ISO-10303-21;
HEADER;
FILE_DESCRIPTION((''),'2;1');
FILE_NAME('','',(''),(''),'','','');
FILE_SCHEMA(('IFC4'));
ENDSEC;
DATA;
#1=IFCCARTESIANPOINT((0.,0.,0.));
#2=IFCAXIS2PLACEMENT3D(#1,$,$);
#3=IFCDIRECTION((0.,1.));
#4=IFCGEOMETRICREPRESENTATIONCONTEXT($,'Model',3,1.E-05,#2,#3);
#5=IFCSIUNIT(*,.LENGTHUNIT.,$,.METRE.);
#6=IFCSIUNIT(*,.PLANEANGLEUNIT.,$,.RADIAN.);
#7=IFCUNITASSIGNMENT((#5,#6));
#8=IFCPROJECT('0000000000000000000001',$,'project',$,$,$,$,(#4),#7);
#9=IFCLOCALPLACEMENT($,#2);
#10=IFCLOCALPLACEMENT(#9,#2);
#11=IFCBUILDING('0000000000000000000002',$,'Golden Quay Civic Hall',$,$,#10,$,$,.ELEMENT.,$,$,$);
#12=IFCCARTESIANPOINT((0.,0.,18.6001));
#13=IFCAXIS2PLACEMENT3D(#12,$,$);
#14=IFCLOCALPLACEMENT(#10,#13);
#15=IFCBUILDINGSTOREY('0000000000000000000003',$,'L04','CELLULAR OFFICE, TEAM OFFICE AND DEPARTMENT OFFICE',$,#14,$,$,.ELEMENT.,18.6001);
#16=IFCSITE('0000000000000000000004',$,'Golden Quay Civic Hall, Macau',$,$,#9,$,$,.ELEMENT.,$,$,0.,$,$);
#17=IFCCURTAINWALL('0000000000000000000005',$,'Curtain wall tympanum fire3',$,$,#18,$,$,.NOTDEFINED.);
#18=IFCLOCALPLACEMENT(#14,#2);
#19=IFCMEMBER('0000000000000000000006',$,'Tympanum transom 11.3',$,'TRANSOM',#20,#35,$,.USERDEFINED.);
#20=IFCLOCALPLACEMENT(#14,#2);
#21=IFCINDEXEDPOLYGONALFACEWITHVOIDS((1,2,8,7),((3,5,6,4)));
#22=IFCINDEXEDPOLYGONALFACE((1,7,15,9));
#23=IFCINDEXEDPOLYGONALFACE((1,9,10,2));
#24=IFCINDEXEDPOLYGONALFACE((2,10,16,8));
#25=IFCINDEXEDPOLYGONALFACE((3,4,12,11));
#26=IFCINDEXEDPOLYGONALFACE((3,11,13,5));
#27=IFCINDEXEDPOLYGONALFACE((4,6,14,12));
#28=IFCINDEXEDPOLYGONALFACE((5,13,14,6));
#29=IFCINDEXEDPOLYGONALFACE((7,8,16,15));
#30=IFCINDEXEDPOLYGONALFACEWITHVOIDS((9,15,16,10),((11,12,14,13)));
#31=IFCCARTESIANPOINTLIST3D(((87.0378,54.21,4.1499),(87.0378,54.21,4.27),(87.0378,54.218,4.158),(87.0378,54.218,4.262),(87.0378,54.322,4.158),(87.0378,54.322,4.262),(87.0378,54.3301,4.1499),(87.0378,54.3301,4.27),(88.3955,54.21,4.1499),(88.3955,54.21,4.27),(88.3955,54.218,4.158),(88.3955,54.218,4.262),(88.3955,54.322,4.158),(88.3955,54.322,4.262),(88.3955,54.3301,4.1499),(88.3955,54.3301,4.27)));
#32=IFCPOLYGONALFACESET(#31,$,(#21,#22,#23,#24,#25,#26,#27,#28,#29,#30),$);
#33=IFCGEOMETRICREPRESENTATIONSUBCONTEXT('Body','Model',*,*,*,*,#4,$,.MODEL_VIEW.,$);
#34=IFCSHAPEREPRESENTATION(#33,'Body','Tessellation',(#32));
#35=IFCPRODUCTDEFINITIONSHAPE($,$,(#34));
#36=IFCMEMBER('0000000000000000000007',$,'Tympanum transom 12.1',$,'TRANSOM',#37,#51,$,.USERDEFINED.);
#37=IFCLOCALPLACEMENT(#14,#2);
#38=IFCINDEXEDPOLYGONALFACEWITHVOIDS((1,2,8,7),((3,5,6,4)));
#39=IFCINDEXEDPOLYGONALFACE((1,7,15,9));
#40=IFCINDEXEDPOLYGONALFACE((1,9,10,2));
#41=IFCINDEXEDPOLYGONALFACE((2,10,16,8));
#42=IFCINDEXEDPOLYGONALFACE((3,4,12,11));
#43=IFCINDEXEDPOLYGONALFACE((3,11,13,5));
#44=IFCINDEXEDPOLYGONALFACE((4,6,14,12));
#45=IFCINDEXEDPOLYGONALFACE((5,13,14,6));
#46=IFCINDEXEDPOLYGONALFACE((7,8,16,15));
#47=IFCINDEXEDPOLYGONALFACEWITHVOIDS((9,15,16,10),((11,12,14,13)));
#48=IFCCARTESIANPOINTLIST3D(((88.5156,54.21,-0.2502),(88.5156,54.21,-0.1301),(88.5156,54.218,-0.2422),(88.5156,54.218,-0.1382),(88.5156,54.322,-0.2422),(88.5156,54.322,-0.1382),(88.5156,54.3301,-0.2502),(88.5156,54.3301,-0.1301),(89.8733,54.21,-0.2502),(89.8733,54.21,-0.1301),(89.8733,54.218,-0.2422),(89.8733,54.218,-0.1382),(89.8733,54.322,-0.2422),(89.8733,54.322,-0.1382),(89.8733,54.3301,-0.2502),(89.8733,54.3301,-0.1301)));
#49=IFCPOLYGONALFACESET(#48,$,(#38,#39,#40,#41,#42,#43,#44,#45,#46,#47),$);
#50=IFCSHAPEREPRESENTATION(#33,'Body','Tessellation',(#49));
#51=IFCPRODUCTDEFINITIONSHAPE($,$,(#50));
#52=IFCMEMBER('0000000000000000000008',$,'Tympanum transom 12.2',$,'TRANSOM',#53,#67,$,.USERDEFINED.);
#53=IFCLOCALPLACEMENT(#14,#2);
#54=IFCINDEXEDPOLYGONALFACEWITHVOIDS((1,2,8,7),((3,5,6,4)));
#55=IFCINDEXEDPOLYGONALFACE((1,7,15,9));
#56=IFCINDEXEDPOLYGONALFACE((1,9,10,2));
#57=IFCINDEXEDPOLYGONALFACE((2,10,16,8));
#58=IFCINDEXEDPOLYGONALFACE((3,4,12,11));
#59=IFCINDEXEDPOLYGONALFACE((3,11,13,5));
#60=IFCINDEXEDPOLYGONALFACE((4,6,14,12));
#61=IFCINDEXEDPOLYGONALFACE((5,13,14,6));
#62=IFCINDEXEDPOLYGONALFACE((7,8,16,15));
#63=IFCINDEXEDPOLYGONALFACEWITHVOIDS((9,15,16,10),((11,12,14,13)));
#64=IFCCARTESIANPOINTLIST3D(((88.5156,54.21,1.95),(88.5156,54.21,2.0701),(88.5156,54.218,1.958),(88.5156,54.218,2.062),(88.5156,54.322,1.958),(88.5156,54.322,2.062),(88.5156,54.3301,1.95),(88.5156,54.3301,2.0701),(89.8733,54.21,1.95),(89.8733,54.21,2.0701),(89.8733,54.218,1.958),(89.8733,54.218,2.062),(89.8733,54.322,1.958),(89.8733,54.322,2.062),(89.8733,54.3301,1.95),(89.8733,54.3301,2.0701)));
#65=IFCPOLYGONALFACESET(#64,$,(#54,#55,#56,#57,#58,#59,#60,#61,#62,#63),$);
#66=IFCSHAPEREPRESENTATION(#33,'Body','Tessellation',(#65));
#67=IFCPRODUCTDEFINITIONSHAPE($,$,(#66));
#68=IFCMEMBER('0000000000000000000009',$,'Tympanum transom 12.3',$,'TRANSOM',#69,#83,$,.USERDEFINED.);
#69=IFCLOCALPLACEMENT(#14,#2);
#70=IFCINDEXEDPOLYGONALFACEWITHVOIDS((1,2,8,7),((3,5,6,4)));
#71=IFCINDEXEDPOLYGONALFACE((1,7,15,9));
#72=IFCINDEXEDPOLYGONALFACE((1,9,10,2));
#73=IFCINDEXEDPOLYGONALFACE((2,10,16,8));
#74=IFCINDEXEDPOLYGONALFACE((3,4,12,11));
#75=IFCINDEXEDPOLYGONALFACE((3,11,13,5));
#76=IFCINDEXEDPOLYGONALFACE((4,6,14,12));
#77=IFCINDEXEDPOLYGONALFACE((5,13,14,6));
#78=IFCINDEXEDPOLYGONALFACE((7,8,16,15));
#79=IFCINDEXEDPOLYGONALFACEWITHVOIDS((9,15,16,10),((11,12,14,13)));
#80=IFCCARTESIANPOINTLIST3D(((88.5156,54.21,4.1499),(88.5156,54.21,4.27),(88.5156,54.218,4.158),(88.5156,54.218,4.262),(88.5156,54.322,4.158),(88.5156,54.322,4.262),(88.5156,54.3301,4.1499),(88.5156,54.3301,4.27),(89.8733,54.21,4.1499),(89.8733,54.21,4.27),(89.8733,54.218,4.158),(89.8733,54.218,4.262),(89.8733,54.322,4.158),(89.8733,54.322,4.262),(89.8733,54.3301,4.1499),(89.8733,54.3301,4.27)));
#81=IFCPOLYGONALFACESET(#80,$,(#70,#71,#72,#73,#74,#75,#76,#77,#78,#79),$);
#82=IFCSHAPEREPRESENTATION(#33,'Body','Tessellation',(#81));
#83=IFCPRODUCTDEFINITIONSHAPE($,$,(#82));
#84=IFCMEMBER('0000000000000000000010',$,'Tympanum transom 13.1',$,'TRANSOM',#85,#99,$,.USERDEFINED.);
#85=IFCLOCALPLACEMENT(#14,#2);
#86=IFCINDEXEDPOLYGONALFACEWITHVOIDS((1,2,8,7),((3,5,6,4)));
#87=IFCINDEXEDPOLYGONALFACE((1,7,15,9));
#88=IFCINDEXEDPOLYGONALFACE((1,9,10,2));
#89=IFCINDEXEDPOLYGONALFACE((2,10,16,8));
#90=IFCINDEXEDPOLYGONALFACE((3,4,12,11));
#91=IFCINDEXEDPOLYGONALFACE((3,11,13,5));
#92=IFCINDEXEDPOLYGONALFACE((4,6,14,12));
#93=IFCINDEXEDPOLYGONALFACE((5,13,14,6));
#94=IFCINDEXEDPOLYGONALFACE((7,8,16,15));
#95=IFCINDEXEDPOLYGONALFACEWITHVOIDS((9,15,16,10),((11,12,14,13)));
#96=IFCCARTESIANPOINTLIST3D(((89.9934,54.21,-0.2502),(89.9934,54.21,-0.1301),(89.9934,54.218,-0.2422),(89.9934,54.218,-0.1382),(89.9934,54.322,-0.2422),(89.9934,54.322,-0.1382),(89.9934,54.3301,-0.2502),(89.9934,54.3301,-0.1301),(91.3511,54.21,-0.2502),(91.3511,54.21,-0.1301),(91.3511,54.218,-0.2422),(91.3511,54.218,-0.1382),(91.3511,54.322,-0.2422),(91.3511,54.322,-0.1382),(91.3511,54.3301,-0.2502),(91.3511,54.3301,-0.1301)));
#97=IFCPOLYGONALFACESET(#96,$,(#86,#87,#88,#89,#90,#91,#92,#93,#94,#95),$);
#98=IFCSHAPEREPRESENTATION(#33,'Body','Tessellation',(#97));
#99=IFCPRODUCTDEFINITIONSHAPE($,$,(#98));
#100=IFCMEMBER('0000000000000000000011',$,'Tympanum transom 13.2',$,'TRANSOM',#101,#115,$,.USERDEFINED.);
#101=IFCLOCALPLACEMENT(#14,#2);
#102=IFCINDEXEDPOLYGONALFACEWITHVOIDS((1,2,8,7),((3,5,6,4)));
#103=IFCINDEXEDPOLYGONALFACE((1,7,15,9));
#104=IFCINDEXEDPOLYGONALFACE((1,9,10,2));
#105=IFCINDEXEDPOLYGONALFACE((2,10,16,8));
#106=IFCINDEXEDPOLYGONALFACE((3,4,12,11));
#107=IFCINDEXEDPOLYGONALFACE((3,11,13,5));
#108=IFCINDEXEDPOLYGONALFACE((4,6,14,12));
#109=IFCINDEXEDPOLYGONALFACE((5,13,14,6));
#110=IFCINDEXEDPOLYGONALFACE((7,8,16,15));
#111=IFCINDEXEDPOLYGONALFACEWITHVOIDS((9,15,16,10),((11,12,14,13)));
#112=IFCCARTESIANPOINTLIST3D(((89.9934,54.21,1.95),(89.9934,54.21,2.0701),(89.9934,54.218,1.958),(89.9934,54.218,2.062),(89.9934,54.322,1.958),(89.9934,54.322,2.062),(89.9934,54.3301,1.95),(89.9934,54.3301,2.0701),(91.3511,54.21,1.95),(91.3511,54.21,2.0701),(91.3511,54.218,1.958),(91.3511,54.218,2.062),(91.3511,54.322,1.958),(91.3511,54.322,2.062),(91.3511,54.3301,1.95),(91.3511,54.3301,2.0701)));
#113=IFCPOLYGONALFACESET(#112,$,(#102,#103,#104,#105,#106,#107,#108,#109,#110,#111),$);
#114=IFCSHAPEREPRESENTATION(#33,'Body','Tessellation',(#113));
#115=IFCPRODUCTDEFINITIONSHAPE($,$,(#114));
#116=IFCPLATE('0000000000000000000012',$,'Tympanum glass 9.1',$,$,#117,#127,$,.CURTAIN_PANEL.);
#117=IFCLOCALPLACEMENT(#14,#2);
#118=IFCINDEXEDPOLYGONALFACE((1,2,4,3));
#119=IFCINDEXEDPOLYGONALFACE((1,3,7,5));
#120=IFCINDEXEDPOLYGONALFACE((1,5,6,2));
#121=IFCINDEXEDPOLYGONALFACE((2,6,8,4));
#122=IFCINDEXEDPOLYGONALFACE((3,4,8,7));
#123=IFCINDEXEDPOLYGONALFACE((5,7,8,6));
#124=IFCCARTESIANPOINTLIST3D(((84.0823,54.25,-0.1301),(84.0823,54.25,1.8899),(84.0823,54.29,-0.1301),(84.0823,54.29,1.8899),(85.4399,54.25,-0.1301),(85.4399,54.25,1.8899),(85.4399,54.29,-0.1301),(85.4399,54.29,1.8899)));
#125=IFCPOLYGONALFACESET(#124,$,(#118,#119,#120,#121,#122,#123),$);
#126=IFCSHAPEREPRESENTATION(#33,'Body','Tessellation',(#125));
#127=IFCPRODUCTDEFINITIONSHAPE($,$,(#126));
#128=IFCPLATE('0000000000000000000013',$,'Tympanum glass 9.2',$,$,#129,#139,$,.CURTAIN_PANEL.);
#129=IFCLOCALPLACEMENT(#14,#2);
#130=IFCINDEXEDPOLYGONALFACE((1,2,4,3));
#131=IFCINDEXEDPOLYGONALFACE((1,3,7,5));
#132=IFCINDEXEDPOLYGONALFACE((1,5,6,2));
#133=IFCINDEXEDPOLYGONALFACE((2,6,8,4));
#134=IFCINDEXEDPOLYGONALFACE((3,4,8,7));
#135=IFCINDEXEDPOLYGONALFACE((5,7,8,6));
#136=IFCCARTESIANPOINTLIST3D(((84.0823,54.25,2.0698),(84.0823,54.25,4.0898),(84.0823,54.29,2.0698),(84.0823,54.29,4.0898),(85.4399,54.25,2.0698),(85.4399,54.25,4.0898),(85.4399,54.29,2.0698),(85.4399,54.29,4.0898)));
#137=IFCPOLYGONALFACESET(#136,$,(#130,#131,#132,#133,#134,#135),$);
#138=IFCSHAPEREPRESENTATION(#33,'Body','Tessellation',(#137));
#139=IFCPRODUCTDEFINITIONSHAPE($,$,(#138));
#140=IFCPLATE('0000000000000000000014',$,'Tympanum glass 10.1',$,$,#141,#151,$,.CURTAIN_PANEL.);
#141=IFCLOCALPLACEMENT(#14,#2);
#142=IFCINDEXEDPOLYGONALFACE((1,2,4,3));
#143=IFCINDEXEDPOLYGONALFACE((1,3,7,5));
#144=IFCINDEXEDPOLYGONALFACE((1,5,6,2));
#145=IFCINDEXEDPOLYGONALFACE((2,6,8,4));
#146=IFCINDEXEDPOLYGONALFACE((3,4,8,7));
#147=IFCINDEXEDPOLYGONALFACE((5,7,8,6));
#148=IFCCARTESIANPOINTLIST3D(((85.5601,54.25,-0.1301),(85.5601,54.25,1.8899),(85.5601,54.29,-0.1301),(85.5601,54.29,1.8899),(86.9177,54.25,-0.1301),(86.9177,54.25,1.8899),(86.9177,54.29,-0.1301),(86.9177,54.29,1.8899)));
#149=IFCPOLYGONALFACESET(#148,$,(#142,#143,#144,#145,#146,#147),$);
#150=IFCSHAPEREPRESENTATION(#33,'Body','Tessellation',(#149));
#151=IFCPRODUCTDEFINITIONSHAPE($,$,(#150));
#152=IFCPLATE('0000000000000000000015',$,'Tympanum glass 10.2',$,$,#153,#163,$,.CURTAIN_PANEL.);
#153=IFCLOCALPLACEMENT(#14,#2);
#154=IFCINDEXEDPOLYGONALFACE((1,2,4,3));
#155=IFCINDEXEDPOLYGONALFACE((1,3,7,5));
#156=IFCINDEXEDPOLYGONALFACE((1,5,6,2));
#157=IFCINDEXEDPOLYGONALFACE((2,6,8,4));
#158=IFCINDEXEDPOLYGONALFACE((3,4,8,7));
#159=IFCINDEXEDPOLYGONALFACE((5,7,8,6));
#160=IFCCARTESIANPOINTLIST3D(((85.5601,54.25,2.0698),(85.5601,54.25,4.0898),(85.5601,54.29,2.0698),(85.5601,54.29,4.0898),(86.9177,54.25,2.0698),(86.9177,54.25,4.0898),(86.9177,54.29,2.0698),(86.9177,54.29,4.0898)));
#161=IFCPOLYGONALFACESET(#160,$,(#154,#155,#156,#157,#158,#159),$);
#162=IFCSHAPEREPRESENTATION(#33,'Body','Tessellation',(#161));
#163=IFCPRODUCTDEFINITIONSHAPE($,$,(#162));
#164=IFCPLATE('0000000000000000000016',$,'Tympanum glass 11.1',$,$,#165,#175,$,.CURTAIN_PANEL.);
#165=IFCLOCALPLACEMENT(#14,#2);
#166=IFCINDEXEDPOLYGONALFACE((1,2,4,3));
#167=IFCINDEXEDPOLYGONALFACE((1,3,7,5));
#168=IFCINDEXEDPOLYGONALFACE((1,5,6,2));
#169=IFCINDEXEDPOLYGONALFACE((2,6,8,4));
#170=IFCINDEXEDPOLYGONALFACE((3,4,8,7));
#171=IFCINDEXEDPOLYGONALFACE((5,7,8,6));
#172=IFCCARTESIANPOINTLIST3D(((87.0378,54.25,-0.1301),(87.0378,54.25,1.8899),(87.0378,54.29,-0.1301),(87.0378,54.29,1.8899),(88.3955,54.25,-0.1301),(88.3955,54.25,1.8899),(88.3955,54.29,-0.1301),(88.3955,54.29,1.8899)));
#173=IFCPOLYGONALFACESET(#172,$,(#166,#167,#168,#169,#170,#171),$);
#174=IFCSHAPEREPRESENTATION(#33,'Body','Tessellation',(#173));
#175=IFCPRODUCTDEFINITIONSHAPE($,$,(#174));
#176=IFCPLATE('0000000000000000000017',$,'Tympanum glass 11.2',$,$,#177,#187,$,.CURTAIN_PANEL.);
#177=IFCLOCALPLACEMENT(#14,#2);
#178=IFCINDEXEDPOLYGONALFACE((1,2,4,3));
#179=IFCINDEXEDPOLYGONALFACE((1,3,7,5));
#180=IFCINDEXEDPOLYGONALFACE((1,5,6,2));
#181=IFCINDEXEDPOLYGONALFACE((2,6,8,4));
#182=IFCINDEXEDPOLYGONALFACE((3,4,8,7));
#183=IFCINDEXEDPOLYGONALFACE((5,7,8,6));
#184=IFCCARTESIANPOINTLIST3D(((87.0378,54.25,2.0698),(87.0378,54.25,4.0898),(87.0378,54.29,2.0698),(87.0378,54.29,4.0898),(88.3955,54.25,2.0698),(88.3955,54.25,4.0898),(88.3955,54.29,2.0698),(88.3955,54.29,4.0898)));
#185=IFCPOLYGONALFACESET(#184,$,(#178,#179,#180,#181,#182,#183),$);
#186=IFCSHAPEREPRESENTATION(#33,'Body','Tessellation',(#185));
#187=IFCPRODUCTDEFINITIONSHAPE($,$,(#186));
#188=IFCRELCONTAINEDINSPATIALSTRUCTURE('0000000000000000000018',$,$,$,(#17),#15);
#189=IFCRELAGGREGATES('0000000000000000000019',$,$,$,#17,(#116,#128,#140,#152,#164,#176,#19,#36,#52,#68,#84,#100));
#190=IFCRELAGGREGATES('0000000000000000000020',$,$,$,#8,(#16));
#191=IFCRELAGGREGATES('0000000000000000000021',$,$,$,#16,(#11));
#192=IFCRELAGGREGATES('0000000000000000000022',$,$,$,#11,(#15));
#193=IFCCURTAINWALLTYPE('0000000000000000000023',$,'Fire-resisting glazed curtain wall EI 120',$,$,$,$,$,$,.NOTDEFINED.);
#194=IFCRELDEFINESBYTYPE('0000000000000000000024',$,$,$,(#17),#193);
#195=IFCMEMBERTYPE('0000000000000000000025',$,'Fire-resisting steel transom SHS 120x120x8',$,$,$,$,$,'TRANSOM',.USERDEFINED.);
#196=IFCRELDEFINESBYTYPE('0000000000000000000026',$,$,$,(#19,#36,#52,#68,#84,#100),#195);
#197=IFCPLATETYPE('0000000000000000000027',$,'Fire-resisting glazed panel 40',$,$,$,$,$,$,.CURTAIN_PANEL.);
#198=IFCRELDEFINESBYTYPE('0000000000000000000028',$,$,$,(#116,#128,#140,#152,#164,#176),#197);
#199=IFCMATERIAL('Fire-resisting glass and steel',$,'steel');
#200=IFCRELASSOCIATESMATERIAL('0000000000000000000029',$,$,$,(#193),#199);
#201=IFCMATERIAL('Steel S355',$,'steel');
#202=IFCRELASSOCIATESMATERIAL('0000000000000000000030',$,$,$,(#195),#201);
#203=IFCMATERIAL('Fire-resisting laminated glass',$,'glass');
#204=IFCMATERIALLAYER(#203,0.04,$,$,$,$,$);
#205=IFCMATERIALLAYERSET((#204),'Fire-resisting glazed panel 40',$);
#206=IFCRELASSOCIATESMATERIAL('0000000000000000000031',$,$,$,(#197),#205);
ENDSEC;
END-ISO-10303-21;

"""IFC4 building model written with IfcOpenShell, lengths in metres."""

from ifc_helpers import new_model, si_unit, direction, frame, origin, origin_2d, place, context, subcontext, project, spatial, polyline, hollow_rectangle, outline, extrude, material, layer, layer_set, material_profile, profile_set, type_object, element, aggregate, save


model = new_model("IFC4")

# Units and contexts
model_context = context("Model", 3, precision=1e-05, world=origin(), true_north=direction((0.0, 1.0)))
body_context = subcontext(model_context, "Body", "Model", "MODEL_VIEW")
ifc_project = project(units=[si_unit("LENGTHUNIT", "METRE"), si_unit("PLANEANGLEUNIT", "RADIAN")], contexts=[model_context])

# Site, building, storey
site_placement = place(None, origin())
site = spatial("IfcSite", under=ifc_project, at=site_placement, Name="Golden Quay Civic Hall, Macau", CompositionType="ELEMENT", RefElevation=0.0)
building_placement = place(site_placement, origin())
building = spatial("IfcBuilding", under=site, at=building_placement, Name="Golden Quay Civic Hall", CompositionType="ELEMENT")
storey_placement = place(building_placement, frame((0.0, 0.0, 18.6001)))
storey = spatial("IfcBuildingStorey", under=building, at=storey_placement, Name="L04", Description="CELLULAR OFFICE, TEAM OFFICE AND DEPARTMENT OFFICE", CompositionType="ELEMENT", Elevation=18.6001)

# Curtain wall, members, plates
ifc_material_1 = material(Name="Fire-resisting glass and steel", Category="steel")
curtain_wall_type = type_object("IfcCurtainWallType", Name="Fire-resisting glazed curtain wall EI 120", PredefinedType="NOTDEFINED", material=ifc_material_1)
curtain_wall_placement = place(storey_placement, origin())
curtain_wall = element("IfcCurtainWall", 1, at=curtain_wall_placement, inside=storey, type_object=curtain_wall_type, Name="Curtain wall tympanum fire3", PredefinedType="NOTDEFINED")
ifc_material_2 = material(Name="Steel S355", Category="steel")
ifc_material_profile_1 = material_profile(ifc_material_2, hollow_rectangle(XDim=0.1201, YDim=0.1201, WallThickness=0.0081, at=origin_2d()), Name="SHS 120x120x8")
ifc_profile_set_1 = profile_set([ifc_material_profile_1], Name="Steel S355")
member_type_1 = type_object("IfcMemberType", Name="Fire-resisting steel transom SHS 120x120x8", ElementType="TRANSOM", PredefinedType="USERDEFINED", material=ifc_profile_set_1)
member_1_placement = place(storey_placement, frame((87.0378, 54.27, 4.21), z_axis=(1.0, 0.0, 0.0), x_axis=(0.0, 1.0, 0.0)))
member_1 = element("IfcMember", 2, at=member_1_placement, type_object=member_type_1, Name="Tympanum transom 11.3", ObjectType="TRANSOM", PredefinedType="USERDEFINED", context=body_context, shape_type="SweptSolid", body=[
    extrude(hollow_rectangle(XDim=0.1201, YDim=0.1201, WallThickness=0.0081, at=origin_2d()), origin(), (0.0, 0.0, 1.0), 1.3577),
])
member_2_placement = place(storey_placement, frame((88.5156, 54.27, -0.1902), z_axis=(1.0, 0.0, 0.0), x_axis=(0.0, 1.0, 0.0)))
member_2 = element("IfcMember", 3, at=member_2_placement, type_object=member_type_1, Name="Tympanum transom 12.1", ObjectType="TRANSOM", PredefinedType="USERDEFINED", context=body_context, shape_type="SweptSolid", body=[
    extrude(hollow_rectangle(XDim=0.1201, YDim=0.1201, WallThickness=0.0081, at=origin_2d()), origin(), (0.0, 0.0, 1.0), 1.3577),
])
member_3_placement = place(storey_placement, frame((88.5156, 54.27, 2.01), z_axis=(1.0, 0.0, 0.0), x_axis=(0.0, 1.0, 0.0)))
member_3 = element("IfcMember", 4, at=member_3_placement, type_object=member_type_1, Name="Tympanum transom 12.2", ObjectType="TRANSOM", PredefinedType="USERDEFINED", context=body_context, shape_type="SweptSolid", body=[
    extrude(hollow_rectangle(XDim=0.1201, YDim=0.1201, WallThickness=0.0081, at=origin_2d()), origin(), (0.0, 0.0, 1.0), 1.3577),
])
member_4_placement = place(storey_placement, frame((88.5156, 54.27, 4.21), z_axis=(1.0, 0.0, 0.0), x_axis=(0.0, 1.0, 0.0)))
member_4 = element("IfcMember", 5, at=member_4_placement, type_object=member_type_1, Name="Tympanum transom 12.3", ObjectType="TRANSOM", PredefinedType="USERDEFINED", context=body_context, shape_type="SweptSolid", body=[
    extrude(hollow_rectangle(XDim=0.1201, YDim=0.1201, WallThickness=0.0081, at=origin_2d()), origin(), (0.0, 0.0, 1.0), 1.3577),
])
member_5_placement = place(storey_placement, frame((89.9934, 54.27, -0.1902), z_axis=(1.0, 0.0, 0.0), x_axis=(0.0, 1.0, 0.0)))
member_5 = element("IfcMember", 6, at=member_5_placement, type_object=member_type_1, Name="Tympanum transom 13.1", ObjectType="TRANSOM", PredefinedType="USERDEFINED", context=body_context, shape_type="SweptSolid", body=[
    extrude(hollow_rectangle(XDim=0.1201, YDim=0.1201, WallThickness=0.0081, at=origin_2d()), origin(), (0.0, 0.0, 1.0), 1.3577),
])
member_6_placement = place(storey_placement, frame((89.9934, 54.27, 2.01), z_axis=(1.0, 0.0, 0.0), x_axis=(0.0, 1.0, 0.0)))
member_6 = element("IfcMember", 7, at=member_6_placement, type_object=member_type_1, Name="Tympanum transom 13.2", ObjectType="TRANSOM", PredefinedType="USERDEFINED", context=body_context, shape_type="SweptSolid", body=[
    extrude(hollow_rectangle(XDim=0.1201, YDim=0.1201, WallThickness=0.0081, at=origin_2d()), origin(), (0.0, 0.0, 1.0), 1.3577),
])
ifc_material_3 = material(Name="Fire-resisting laminated glass", Category="glass")
ifc_layer = layer(ifc_material_3, 0.04)
ifc_layer_set = layer_set([ifc_layer], Name="Fire-resisting glazed panel 40")
plate_type = type_object("IfcPlateType", Name="Fire-resisting glazed panel 40", PredefinedType="CURTAIN_PANEL", material=ifc_layer_set)
plate_1_placement = place(storey_placement, frame((85.4399, 54.29, -0.1301), z_axis=(0.0, 1.0, 0.0), x_axis=(-1.0, 0.0, 0.0)))
plate_1 = element("IfcPlate", 8, at=plate_1_placement, type_object=plate_type, Name="Tympanum glass 9.1", PredefinedType="CURTAIN_PANEL", context=body_context, shape_type="SweptSolid", body=[
    extrude(outline(polyline([(0.0, 0.0), (1.3577, 0.0), (1.3577, 2.02), (0.0, 2.02), (0.0, 0.0)])), origin(), (0.0, 0.0, -1.0), 0.04),
])
plate_2_placement = place(storey_placement, frame((85.4399, 54.29, 2.0698), z_axis=(0.0, 1.0, 0.0), x_axis=(-1.0, 0.0, 0.0)))
plate_2 = element("IfcPlate", 9, at=plate_2_placement, type_object=plate_type, Name="Tympanum glass 9.2", PredefinedType="CURTAIN_PANEL", context=body_context, shape_type="SweptSolid", body=[
    extrude(outline(polyline([(0.0, 0.0), (1.3577, 0.0), (1.3577, 2.02), (0.0, 2.02), (0.0, 0.0)])), origin(), (0.0, 0.0, -1.0), 0.04),
])
plate_3_placement = place(storey_placement, frame((86.9177, 54.29, -0.1301), z_axis=(0.0, 1.0, 0.0), x_axis=(-1.0, 0.0, 0.0)))
plate_3 = element("IfcPlate", 10, at=plate_3_placement, type_object=plate_type, Name="Tympanum glass 10.1", PredefinedType="CURTAIN_PANEL", context=body_context, shape_type="SweptSolid", body=[
    extrude(outline(polyline([(0.0, 0.0), (1.3577, 0.0), (1.3577, 2.02), (0.0, 2.02), (0.0, 0.0)])), origin(), (0.0, 0.0, -1.0), 0.04),
])
plate_4_placement = place(storey_placement, frame((86.9177, 54.29, 2.0698), z_axis=(0.0, 1.0, 0.0), x_axis=(-1.0, 0.0, 0.0)))
plate_4 = element("IfcPlate", 11, at=plate_4_placement, type_object=plate_type, Name="Tympanum glass 10.2", PredefinedType="CURTAIN_PANEL", context=body_context, shape_type="SweptSolid", body=[
    extrude(outline(polyline([(0.0, 0.0), (1.3577, 0.0), (1.3577, 2.02), (0.0, 2.02), (0.0, 0.0)])), origin(), (0.0, 0.0, -1.0), 0.04),
])
plate_5_placement = place(storey_placement, frame((88.3955, 54.29, -0.1301), z_axis=(0.0, 1.0, 0.0), x_axis=(-1.0, 0.0, 0.0)))
plate_5 = element("IfcPlate", 12, at=plate_5_placement, type_object=plate_type, Name="Tympanum glass 11.1", PredefinedType="CURTAIN_PANEL", context=body_context, shape_type="SweptSolid", body=[
    extrude(outline(polyline([(0.0, 0.0), (1.3577, 0.0), (1.3577, 2.02), (0.0, 2.02), (0.0, 0.0)])), origin(), (0.0, 0.0, -1.0), 0.04),
])
plate_6_placement = place(storey_placement, frame((88.3955, 54.29, 2.0698), z_axis=(0.0, 1.0, 0.0), x_axis=(-1.0, 0.0, 0.0)))
plate_6 = element("IfcPlate", 13, at=plate_6_placement, type_object=plate_type, Name="Tympanum glass 11.2", PredefinedType="CURTAIN_PANEL", context=body_context, shape_type="SweptSolid", body=[
    extrude(outline(polyline([(0.0, 0.0), (1.3577, 0.0), (1.3577, 2.02), (0.0, 2.02), (0.0, 0.0)])), origin(), (0.0, 0.0, -1.0), 0.04),
])
aggregate(curtain_wall, [plate_1, plate_2, plate_3, plate_4, plate_5, plate_6, member_1, member_2, member_3, member_4, member_5, member_6])

save(model, "model.ifc")
